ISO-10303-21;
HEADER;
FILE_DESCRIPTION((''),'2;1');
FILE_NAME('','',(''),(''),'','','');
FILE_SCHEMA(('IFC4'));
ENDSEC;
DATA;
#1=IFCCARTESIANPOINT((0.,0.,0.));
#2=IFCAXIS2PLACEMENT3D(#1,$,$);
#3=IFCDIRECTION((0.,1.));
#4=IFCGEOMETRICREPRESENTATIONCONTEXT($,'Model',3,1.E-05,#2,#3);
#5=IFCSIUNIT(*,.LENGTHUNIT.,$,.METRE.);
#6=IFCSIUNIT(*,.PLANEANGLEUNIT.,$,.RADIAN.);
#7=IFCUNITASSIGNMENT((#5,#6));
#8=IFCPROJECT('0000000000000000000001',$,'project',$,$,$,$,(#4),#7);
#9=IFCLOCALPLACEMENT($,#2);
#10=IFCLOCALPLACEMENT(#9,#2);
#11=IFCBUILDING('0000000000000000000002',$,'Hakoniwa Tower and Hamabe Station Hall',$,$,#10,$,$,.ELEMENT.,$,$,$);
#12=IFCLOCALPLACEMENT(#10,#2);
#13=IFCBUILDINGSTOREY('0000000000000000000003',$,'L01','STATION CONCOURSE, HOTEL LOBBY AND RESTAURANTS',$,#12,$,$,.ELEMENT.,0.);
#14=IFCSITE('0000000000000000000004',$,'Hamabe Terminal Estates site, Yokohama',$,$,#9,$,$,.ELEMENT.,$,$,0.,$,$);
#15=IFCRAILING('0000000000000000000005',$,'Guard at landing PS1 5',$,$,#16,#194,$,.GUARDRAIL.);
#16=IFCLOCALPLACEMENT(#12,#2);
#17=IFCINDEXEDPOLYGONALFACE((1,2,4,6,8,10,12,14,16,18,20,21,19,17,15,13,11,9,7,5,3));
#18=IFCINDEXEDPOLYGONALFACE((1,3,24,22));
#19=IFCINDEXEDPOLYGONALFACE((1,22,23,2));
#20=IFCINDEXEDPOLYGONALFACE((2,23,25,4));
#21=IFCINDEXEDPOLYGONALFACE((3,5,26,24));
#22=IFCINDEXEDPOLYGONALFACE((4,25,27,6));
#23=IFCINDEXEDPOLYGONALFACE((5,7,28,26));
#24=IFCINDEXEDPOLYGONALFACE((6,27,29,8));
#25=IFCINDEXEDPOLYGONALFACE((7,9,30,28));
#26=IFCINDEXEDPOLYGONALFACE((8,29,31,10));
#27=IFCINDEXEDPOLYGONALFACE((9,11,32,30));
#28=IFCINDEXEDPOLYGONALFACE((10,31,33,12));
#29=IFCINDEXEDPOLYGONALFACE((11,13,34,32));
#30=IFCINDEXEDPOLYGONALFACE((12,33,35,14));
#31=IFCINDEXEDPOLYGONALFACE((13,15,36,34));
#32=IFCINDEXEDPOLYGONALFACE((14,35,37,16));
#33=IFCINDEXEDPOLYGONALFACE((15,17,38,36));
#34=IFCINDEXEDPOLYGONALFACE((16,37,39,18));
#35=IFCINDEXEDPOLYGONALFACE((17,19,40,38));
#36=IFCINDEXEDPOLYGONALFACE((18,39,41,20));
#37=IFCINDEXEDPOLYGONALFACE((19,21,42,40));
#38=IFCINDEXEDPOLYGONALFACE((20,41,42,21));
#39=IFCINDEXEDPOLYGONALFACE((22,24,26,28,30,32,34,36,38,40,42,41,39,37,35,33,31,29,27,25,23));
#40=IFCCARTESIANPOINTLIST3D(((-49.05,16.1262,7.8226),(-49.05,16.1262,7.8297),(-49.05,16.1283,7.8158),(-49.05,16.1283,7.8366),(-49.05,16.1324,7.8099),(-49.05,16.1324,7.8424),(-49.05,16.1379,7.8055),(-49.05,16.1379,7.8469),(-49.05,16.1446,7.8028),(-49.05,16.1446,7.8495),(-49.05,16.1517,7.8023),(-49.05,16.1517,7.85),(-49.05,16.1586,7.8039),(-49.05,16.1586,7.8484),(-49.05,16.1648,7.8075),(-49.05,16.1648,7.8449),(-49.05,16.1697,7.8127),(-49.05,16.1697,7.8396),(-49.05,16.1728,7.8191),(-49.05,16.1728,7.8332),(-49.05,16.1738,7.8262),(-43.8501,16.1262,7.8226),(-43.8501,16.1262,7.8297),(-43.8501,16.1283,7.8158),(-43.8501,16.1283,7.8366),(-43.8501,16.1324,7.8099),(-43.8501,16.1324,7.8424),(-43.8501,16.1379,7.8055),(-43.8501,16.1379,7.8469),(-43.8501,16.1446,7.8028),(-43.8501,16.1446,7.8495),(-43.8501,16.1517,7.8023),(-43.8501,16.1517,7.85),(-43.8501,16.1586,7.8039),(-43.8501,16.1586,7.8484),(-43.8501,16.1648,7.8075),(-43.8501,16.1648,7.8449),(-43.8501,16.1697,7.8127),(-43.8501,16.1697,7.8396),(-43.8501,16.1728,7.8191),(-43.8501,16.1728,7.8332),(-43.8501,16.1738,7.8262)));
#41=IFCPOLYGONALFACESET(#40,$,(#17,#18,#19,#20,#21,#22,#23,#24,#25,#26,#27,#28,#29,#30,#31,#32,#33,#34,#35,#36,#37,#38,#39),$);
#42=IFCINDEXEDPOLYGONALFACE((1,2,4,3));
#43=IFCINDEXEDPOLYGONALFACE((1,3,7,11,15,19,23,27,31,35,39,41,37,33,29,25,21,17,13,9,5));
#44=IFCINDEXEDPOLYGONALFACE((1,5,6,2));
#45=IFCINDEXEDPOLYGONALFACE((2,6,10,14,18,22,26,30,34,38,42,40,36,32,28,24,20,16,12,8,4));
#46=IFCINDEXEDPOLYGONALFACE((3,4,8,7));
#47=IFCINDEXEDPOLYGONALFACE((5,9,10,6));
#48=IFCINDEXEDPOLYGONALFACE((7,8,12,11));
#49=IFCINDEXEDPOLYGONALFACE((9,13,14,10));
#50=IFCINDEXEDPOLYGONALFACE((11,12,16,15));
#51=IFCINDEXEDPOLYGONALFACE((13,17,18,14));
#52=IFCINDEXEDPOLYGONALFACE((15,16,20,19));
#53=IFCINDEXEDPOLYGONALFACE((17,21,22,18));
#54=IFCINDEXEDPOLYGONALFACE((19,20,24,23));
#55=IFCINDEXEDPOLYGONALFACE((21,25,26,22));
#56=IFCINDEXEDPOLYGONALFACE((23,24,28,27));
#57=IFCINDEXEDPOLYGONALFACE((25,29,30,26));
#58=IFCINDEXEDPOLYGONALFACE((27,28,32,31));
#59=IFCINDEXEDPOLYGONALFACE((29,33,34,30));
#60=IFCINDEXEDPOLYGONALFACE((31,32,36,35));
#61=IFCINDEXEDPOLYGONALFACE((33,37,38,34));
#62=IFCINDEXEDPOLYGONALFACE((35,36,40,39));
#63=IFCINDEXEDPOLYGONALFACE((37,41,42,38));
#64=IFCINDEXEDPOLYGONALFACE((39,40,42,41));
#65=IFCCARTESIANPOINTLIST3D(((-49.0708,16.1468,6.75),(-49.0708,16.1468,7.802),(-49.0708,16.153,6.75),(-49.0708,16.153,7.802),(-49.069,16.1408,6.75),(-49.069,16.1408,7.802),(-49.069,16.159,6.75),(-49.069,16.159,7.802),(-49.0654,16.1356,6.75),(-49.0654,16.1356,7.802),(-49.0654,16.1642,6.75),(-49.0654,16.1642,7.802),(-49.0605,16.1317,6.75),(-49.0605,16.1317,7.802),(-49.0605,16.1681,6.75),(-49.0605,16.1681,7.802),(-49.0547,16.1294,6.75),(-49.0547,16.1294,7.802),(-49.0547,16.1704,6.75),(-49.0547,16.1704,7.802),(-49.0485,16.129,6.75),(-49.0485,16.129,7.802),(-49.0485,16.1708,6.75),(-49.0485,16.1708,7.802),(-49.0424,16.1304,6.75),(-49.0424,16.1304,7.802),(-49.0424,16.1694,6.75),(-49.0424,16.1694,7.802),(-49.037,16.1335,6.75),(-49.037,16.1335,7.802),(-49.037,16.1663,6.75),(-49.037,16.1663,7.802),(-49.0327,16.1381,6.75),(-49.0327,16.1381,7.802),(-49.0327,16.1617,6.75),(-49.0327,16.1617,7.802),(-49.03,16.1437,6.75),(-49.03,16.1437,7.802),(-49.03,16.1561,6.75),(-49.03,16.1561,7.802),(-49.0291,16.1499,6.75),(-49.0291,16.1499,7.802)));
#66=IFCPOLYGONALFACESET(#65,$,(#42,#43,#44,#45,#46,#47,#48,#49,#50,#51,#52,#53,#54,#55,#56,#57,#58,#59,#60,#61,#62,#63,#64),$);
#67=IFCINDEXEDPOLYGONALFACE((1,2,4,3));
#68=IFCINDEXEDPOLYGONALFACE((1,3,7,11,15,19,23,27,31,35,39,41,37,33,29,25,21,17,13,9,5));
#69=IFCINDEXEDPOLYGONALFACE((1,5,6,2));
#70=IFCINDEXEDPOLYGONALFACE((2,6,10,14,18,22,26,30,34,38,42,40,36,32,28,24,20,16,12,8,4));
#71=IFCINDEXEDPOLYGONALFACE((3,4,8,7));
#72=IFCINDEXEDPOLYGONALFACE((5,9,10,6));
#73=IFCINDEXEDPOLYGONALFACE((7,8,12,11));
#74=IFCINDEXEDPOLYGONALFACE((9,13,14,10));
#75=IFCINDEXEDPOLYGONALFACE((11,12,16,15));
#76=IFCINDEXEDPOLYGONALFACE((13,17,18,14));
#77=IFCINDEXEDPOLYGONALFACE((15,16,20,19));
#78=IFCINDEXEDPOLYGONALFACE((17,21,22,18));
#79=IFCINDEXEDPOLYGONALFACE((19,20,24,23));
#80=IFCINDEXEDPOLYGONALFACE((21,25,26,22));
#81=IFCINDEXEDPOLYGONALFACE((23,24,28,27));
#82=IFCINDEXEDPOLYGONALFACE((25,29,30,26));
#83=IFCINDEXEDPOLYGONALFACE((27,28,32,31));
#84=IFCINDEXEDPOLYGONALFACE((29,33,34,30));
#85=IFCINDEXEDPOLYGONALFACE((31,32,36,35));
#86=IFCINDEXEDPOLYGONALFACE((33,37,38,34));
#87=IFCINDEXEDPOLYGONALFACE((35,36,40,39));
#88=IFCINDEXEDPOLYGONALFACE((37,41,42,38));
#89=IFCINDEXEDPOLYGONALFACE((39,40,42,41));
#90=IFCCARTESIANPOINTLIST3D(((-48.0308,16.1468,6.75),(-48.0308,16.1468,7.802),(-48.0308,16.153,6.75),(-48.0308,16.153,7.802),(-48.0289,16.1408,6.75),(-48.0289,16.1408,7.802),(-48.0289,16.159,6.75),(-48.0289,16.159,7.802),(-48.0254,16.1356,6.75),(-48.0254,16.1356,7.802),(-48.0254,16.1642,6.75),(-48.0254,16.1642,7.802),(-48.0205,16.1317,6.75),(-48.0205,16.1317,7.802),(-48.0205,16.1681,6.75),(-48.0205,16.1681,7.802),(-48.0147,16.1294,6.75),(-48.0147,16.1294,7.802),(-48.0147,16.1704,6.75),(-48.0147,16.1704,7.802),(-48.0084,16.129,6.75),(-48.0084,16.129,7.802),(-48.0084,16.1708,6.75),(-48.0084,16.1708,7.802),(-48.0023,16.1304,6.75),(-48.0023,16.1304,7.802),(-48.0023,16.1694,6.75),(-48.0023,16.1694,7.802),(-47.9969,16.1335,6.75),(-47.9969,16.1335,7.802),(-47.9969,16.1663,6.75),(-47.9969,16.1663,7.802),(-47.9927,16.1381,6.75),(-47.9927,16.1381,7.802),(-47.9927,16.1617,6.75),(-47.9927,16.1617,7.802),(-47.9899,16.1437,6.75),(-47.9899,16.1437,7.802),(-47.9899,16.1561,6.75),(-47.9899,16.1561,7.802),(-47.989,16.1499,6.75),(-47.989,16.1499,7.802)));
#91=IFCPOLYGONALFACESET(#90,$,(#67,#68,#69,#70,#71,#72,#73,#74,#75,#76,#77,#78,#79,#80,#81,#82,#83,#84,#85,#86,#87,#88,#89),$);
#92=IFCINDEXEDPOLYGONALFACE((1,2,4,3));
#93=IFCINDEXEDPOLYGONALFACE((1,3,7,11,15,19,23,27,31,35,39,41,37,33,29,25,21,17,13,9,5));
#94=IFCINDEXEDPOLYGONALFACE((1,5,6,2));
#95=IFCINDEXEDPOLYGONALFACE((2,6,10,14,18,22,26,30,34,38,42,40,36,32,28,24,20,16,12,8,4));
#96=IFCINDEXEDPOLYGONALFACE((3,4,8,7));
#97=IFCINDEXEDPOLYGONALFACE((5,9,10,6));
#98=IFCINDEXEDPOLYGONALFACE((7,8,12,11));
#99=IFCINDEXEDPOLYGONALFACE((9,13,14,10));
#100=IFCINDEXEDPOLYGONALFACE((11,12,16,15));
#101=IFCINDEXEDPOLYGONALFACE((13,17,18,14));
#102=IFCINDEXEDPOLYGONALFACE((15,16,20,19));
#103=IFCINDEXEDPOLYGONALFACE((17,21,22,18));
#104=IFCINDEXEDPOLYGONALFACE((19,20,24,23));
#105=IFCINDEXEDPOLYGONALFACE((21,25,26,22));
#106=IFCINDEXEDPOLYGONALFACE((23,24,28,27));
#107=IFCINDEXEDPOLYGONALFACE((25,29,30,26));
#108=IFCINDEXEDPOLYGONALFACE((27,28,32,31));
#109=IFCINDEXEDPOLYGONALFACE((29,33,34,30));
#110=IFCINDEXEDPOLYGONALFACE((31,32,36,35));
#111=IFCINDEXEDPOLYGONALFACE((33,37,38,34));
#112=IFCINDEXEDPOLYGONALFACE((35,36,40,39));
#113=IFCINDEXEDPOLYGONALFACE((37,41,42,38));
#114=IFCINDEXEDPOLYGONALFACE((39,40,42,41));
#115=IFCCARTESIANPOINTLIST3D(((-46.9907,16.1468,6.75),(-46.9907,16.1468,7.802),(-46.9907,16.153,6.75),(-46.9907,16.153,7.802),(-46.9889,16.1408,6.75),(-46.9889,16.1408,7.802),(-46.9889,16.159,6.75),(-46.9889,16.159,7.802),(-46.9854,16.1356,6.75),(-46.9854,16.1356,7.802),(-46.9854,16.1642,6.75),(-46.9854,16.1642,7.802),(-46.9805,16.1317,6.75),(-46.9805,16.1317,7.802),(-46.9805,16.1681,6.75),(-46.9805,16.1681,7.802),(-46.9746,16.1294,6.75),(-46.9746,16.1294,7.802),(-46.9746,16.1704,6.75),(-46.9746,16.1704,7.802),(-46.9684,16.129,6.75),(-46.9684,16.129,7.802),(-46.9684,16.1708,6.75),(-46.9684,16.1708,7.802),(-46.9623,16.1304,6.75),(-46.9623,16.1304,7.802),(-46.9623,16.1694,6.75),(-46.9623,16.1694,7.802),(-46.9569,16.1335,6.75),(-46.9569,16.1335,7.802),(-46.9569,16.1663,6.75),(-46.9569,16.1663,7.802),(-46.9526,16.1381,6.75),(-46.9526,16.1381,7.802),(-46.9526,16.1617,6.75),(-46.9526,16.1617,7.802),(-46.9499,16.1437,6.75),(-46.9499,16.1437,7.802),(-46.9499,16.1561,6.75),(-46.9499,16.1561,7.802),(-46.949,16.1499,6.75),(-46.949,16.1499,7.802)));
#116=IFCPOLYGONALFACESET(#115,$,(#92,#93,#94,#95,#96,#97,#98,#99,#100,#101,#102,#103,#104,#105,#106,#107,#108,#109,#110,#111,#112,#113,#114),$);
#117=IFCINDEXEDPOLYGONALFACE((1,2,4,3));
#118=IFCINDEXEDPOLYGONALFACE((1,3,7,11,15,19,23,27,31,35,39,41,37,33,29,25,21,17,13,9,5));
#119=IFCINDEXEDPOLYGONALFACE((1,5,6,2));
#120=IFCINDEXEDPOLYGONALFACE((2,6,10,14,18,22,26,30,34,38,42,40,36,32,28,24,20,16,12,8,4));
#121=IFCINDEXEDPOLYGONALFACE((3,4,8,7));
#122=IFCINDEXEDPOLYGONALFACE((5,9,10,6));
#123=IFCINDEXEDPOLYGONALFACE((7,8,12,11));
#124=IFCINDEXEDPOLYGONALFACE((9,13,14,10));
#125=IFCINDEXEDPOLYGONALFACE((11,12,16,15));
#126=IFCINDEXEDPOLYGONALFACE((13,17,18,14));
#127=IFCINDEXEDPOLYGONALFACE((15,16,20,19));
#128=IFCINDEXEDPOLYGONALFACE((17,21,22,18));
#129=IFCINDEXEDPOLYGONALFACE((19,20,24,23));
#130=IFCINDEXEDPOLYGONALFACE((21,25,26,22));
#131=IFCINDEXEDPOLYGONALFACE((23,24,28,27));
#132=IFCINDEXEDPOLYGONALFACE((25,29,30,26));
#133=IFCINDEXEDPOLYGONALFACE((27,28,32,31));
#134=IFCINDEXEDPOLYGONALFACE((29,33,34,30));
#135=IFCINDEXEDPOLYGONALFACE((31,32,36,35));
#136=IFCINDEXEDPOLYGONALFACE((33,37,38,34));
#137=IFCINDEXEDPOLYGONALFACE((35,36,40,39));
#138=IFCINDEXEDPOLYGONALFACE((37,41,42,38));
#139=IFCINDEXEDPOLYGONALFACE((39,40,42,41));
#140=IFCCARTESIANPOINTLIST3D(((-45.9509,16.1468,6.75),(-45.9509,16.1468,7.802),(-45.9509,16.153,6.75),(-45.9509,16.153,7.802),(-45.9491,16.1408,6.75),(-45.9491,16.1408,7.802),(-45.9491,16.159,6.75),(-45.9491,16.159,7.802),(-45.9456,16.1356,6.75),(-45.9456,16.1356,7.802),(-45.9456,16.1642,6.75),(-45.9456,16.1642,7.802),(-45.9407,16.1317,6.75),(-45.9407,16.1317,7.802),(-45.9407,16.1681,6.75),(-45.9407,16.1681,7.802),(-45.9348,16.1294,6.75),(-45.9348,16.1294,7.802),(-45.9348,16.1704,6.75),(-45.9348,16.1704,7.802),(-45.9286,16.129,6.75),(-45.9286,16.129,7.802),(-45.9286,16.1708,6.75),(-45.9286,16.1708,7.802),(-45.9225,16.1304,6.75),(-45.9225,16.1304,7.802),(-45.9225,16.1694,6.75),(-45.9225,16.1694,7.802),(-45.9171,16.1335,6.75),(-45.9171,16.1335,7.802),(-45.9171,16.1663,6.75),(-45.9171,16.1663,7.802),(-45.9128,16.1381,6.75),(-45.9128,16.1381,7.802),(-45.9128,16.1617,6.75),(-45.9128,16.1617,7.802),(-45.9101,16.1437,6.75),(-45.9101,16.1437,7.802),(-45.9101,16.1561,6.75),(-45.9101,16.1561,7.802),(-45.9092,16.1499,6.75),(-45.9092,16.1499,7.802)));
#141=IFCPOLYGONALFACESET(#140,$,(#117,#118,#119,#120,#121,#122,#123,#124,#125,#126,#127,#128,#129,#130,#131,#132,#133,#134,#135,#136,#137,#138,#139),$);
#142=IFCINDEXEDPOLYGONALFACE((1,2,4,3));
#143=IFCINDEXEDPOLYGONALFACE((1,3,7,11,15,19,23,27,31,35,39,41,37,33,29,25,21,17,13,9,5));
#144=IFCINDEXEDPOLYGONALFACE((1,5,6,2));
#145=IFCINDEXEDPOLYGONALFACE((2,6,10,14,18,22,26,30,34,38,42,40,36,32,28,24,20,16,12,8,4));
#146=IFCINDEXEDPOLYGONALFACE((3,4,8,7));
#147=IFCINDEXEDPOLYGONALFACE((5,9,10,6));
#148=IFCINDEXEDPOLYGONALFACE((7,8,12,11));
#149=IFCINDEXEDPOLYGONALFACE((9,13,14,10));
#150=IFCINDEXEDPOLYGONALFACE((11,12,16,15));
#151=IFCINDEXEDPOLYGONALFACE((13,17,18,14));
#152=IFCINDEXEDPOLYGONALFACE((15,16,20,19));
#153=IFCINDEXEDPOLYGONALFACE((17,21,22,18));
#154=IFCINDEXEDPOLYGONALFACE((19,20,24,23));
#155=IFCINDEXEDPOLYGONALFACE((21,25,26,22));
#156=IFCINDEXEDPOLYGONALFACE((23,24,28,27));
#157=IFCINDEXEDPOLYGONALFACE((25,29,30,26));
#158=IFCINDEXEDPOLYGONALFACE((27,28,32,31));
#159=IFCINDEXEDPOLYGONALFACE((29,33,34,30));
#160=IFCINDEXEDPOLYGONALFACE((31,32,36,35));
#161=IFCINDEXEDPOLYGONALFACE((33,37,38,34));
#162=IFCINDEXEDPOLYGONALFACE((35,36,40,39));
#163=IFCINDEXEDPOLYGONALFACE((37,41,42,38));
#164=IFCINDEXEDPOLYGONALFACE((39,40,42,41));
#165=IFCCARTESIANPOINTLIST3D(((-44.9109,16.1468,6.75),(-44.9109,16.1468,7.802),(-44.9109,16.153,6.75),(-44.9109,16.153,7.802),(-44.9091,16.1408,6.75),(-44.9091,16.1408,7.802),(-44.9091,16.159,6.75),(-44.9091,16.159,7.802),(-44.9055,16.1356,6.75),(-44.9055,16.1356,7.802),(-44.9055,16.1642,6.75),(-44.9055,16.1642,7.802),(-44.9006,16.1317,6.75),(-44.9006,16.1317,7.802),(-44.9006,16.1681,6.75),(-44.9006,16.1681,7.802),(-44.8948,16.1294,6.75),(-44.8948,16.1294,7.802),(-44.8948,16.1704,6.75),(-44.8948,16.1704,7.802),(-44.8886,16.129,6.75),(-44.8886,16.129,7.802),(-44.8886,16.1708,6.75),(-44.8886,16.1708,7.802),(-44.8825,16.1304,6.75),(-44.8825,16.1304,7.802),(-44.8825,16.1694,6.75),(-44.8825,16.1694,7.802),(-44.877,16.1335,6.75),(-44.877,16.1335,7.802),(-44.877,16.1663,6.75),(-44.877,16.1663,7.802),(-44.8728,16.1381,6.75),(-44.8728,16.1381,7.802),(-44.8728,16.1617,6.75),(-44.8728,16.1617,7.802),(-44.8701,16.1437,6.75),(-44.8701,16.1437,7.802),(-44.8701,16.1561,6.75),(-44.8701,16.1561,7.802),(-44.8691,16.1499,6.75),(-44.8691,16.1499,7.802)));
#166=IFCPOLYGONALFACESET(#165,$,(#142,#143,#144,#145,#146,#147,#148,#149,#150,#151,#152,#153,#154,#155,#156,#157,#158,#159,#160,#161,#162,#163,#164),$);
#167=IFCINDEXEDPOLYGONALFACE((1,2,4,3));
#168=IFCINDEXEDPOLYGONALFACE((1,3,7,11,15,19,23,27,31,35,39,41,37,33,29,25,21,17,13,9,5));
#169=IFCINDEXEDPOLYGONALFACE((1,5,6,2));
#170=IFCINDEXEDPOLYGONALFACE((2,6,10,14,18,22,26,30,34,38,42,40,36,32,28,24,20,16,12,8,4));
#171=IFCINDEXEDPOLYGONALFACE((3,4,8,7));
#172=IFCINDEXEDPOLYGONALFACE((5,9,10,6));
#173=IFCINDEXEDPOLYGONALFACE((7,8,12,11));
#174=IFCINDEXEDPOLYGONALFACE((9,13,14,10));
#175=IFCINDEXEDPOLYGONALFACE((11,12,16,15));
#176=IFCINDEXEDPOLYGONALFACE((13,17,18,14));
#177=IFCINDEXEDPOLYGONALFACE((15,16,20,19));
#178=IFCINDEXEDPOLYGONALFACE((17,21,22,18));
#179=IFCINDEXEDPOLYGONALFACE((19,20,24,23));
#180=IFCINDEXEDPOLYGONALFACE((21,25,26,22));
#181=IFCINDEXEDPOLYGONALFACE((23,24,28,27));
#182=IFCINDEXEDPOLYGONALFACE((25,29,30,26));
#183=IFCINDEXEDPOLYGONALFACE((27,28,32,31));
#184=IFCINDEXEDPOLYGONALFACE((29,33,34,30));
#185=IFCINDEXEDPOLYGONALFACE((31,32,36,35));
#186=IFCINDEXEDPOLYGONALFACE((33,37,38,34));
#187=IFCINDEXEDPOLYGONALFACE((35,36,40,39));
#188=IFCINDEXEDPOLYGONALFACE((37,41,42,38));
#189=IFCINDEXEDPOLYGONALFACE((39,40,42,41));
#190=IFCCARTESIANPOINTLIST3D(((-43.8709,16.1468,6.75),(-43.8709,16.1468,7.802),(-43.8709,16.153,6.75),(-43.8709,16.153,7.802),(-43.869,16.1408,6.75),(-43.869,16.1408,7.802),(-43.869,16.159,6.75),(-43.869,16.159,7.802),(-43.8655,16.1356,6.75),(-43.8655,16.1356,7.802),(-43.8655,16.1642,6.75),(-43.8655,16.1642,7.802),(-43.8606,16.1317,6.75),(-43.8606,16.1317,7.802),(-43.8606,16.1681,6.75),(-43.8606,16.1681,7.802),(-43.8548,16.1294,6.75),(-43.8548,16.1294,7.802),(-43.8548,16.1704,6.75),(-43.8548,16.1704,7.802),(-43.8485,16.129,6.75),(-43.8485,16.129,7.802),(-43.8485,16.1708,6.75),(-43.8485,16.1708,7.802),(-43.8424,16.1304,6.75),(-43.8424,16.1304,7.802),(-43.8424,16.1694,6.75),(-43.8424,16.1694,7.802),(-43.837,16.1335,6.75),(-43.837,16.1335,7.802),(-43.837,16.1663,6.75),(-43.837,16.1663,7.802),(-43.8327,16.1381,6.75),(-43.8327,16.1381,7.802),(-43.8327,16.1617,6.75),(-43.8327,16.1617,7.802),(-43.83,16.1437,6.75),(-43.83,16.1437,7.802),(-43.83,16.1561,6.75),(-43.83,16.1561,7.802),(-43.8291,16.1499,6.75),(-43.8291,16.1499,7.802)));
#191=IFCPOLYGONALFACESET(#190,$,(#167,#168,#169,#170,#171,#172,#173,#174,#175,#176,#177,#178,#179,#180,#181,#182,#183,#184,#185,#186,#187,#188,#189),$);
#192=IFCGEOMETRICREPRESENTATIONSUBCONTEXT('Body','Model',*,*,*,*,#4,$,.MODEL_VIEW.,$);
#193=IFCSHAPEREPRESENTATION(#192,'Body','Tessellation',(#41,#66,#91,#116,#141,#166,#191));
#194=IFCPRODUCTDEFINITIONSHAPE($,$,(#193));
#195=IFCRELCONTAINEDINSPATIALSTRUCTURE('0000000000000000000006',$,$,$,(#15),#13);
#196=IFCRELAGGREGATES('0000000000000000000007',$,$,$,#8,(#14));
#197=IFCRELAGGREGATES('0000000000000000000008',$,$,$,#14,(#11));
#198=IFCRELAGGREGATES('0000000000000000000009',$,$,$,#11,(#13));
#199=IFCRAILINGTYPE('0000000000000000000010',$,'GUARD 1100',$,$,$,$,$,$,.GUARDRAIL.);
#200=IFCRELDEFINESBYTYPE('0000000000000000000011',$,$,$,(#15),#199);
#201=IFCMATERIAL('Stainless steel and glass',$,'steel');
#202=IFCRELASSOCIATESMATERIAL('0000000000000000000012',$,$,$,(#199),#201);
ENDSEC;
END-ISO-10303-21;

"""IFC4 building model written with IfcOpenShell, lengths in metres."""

from ifc_helpers import new_model, si_unit, direction, frame, origin, origin_2d, place, context, subcontext, project, spatial, circle, extrude, material, type_object, element, save


model = new_model("IFC4")

# Units and contexts
model_context = context("Model", 3, precision=1e-05, world=origin(), true_north=direction((0.0, 1.0)))
body_context = subcontext(model_context, "Body", "Model", "MODEL_VIEW")
ifc_project = project(units=[si_unit("LENGTHUNIT", "METRE"), si_unit("PLANEANGLEUNIT", "RADIAN")], contexts=[model_context])

# Site, building, storey
site_placement = place(None, origin())
site = spatial("IfcSite", under=ifc_project, at=site_placement, Name="Hamabe Terminal Estates site, Yokohama", CompositionType="ELEMENT", RefElevation=0.0)
building_placement = place(site_placement, origin())
building = spatial("IfcBuilding", under=site, at=building_placement, Name="Hakoniwa Tower and Hamabe Station Hall", CompositionType="ELEMENT")
storey_placement = place(building_placement, origin())
storey = spatial("IfcBuildingStorey", under=building, at=storey_placement, Name="L01", Description="STATION CONCOURSE, HOTEL LOBBY AND RESTAURANTS", CompositionType="ELEMENT", Elevation=0.0)

# Railing
ifc_material_1 = material(Name="Stainless steel and glass", Category="steel")
railing_type_1 = type_object("IfcRailingType", Name="GUARD 1100", PredefinedType="GUARDRAIL", material=ifc_material_1)
for number, where, name in (
    (1, (-49.05, 16.1499, 6.75), "Guard at landing PS1 5"),
):
    element("IfcRailing", number, at=place(storey_placement, frame(where)), inside=storey, type_object=railing_type_1, Name=name, PredefinedType="GUARDRAIL", context=body_context, shape_type="SweptSolid", body=[
        extrude(circle(Radius=0.0239, at=origin_2d()), frame((0.0, 0.0, 1.0762), z_axis=(1.0, 0.0, 0.0), x_axis=(0.0, 1.0, 0.0)), (0.0, 0.0, 1.0), 5.2),
        extrude(circle(Radius=0.021, at=origin_2d()), origin(), (0.0, 0.0, 1.0), 1.052),
        extrude(circle(Radius=0.021, at=origin_2d()), frame((1.04, 0.0, 0.0)), (0.0, 0.0, 1.0), 1.052),
        extrude(circle(Radius=0.021, at=origin_2d()), frame((2.0801, 0.0, 0.0)), (0.0, 0.0, 1.0), 1.052),
        extrude(circle(Radius=0.021, at=origin_2d()), frame((3.1199, 0.0, 0.0)), (0.0, 0.0, 1.0), 1.052),
        extrude(circle(Radius=0.021, at=origin_2d()), frame((4.1599, 0.0, 0.0)), (0.0, 0.0, 1.0), 1.052),
        extrude(circle(Radius=0.021, at=origin_2d()), frame((5.2, 0.0, 0.0)), (0.0, 0.0, 1.0), 1.052),
    ])

save(model, "model.ifc")
